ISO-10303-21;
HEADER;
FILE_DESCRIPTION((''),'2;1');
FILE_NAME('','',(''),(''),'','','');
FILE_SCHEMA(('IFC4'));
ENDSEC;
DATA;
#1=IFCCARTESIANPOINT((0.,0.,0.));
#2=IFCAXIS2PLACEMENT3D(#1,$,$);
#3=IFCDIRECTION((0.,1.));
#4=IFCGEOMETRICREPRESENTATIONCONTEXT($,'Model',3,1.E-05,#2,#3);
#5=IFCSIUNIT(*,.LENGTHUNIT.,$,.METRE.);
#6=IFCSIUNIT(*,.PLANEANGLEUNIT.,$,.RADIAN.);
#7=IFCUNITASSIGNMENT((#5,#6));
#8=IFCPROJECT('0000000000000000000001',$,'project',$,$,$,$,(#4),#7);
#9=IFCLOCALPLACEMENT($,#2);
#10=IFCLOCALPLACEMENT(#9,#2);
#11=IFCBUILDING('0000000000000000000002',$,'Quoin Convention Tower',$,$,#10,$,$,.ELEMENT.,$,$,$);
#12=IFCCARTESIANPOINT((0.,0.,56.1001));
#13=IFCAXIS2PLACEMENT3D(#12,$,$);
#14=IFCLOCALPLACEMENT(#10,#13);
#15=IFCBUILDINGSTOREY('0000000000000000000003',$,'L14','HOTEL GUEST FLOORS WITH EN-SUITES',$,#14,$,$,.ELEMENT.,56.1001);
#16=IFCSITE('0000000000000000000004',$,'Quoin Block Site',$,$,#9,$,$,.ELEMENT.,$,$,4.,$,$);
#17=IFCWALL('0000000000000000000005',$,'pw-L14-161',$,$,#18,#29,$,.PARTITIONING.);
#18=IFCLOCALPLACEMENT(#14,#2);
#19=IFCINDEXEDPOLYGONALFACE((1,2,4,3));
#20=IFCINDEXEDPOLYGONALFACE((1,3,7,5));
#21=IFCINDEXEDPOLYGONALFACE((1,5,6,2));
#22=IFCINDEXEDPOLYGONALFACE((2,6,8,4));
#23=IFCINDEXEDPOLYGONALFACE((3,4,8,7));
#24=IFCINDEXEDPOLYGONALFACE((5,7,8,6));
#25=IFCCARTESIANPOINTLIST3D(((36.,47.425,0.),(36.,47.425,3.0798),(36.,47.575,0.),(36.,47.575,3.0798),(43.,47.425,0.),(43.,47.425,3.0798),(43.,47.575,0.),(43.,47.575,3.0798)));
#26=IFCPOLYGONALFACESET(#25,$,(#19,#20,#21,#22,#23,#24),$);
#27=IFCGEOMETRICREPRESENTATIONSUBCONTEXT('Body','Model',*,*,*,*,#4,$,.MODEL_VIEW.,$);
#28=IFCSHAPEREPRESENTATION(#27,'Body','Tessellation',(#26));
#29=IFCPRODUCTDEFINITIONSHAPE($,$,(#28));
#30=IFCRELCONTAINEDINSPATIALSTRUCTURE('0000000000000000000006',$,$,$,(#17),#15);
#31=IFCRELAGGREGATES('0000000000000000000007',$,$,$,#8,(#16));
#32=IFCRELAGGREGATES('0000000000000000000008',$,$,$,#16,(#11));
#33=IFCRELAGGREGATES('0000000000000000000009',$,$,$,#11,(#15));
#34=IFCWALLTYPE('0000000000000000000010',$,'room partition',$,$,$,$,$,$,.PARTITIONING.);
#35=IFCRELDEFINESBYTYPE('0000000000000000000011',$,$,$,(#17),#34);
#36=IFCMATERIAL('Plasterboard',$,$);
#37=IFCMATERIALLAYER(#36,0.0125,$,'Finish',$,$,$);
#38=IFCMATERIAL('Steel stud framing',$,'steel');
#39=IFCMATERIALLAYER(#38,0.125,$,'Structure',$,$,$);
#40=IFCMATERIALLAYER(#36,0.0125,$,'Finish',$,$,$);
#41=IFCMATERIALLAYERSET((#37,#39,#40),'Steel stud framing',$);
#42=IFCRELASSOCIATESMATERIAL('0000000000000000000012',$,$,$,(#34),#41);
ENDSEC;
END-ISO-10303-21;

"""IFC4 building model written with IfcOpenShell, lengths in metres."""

from ifc_helpers import new_model, si_unit, direction, frame, frame_2d, origin, place, context, subcontext, project, spatial, rectangle, extrude, material, layer, layer_set, type_object, element, save


model = new_model("IFC4")

# Units and contexts
model_context = context("Model", 3, precision=1e-05, world=origin(), true_north=direction((0.0, 1.0)))
body_context = subcontext(model_context, "Body", "Model", "MODEL_VIEW")
ifc_project = project(units=[si_unit("LENGTHUNIT", "METRE"), si_unit("PLANEANGLEUNIT", "RADIAN")], contexts=[model_context])

# Site, building, storey
site_placement = place(None, origin())
site = spatial("IfcSite", under=ifc_project, at=site_placement, Name="Quoin Block Site", CompositionType="ELEMENT", RefElevation=4.0)
building_placement = place(site_placement, origin())
building = spatial("IfcBuilding", under=site, at=building_placement, Name="Quoin Convention Tower", CompositionType="ELEMENT")
storey_placement = place(building_placement, frame((0.0, 0.0, 56.1001)))
storey = spatial("IfcBuildingStorey", under=building, at=storey_placement, Name="L14", Description="HOTEL GUEST FLOORS WITH EN-SUITES", CompositionType="ELEMENT", Elevation=56.1001)

# Shared definitions
ifc_material_1 = material(Name="Plasterboard")
ifc_material_2 = material(Name="Steel stud framing", Category="steel")

# Wall
ifc_layer_1 = layer(ifc_material_1, 0.0125, Name="Finish")
ifc_layer_2 = layer(ifc_material_2, 0.125, Name="Structure")
ifc_layer_3 = layer(ifc_material_1, 0.0125, Name="Finish")
ifc_layer_set_1 = layer_set([ifc_layer_1, ifc_layer_2, ifc_layer_3], Name="Steel stud framing")
wall_type_1 = type_object("IfcWallType", Name="room partition", PredefinedType="PARTITIONING", material=ifc_layer_set_1)
wall_1_placement = place(storey_placement, frame((36.0, 47.5, 0.0), z_axis=(0.0, 0.0, 1.0), x_axis=(1.0, 0.0, 0.0)))
element("IfcWall", 1, at=wall_1_placement, inside=storey, type_object=wall_type_1, Name="pw-L14-161", PredefinedType="PARTITIONING", context=body_context, shape_type="SweptSolid", body=[
    extrude(rectangle(XDim=7.0, YDim=0.1499, at=frame_2d((3.5, 0.0))), origin(), (0.0, 0.0, 1.0), 3.0798),
])

save(model, "model.ifc")
